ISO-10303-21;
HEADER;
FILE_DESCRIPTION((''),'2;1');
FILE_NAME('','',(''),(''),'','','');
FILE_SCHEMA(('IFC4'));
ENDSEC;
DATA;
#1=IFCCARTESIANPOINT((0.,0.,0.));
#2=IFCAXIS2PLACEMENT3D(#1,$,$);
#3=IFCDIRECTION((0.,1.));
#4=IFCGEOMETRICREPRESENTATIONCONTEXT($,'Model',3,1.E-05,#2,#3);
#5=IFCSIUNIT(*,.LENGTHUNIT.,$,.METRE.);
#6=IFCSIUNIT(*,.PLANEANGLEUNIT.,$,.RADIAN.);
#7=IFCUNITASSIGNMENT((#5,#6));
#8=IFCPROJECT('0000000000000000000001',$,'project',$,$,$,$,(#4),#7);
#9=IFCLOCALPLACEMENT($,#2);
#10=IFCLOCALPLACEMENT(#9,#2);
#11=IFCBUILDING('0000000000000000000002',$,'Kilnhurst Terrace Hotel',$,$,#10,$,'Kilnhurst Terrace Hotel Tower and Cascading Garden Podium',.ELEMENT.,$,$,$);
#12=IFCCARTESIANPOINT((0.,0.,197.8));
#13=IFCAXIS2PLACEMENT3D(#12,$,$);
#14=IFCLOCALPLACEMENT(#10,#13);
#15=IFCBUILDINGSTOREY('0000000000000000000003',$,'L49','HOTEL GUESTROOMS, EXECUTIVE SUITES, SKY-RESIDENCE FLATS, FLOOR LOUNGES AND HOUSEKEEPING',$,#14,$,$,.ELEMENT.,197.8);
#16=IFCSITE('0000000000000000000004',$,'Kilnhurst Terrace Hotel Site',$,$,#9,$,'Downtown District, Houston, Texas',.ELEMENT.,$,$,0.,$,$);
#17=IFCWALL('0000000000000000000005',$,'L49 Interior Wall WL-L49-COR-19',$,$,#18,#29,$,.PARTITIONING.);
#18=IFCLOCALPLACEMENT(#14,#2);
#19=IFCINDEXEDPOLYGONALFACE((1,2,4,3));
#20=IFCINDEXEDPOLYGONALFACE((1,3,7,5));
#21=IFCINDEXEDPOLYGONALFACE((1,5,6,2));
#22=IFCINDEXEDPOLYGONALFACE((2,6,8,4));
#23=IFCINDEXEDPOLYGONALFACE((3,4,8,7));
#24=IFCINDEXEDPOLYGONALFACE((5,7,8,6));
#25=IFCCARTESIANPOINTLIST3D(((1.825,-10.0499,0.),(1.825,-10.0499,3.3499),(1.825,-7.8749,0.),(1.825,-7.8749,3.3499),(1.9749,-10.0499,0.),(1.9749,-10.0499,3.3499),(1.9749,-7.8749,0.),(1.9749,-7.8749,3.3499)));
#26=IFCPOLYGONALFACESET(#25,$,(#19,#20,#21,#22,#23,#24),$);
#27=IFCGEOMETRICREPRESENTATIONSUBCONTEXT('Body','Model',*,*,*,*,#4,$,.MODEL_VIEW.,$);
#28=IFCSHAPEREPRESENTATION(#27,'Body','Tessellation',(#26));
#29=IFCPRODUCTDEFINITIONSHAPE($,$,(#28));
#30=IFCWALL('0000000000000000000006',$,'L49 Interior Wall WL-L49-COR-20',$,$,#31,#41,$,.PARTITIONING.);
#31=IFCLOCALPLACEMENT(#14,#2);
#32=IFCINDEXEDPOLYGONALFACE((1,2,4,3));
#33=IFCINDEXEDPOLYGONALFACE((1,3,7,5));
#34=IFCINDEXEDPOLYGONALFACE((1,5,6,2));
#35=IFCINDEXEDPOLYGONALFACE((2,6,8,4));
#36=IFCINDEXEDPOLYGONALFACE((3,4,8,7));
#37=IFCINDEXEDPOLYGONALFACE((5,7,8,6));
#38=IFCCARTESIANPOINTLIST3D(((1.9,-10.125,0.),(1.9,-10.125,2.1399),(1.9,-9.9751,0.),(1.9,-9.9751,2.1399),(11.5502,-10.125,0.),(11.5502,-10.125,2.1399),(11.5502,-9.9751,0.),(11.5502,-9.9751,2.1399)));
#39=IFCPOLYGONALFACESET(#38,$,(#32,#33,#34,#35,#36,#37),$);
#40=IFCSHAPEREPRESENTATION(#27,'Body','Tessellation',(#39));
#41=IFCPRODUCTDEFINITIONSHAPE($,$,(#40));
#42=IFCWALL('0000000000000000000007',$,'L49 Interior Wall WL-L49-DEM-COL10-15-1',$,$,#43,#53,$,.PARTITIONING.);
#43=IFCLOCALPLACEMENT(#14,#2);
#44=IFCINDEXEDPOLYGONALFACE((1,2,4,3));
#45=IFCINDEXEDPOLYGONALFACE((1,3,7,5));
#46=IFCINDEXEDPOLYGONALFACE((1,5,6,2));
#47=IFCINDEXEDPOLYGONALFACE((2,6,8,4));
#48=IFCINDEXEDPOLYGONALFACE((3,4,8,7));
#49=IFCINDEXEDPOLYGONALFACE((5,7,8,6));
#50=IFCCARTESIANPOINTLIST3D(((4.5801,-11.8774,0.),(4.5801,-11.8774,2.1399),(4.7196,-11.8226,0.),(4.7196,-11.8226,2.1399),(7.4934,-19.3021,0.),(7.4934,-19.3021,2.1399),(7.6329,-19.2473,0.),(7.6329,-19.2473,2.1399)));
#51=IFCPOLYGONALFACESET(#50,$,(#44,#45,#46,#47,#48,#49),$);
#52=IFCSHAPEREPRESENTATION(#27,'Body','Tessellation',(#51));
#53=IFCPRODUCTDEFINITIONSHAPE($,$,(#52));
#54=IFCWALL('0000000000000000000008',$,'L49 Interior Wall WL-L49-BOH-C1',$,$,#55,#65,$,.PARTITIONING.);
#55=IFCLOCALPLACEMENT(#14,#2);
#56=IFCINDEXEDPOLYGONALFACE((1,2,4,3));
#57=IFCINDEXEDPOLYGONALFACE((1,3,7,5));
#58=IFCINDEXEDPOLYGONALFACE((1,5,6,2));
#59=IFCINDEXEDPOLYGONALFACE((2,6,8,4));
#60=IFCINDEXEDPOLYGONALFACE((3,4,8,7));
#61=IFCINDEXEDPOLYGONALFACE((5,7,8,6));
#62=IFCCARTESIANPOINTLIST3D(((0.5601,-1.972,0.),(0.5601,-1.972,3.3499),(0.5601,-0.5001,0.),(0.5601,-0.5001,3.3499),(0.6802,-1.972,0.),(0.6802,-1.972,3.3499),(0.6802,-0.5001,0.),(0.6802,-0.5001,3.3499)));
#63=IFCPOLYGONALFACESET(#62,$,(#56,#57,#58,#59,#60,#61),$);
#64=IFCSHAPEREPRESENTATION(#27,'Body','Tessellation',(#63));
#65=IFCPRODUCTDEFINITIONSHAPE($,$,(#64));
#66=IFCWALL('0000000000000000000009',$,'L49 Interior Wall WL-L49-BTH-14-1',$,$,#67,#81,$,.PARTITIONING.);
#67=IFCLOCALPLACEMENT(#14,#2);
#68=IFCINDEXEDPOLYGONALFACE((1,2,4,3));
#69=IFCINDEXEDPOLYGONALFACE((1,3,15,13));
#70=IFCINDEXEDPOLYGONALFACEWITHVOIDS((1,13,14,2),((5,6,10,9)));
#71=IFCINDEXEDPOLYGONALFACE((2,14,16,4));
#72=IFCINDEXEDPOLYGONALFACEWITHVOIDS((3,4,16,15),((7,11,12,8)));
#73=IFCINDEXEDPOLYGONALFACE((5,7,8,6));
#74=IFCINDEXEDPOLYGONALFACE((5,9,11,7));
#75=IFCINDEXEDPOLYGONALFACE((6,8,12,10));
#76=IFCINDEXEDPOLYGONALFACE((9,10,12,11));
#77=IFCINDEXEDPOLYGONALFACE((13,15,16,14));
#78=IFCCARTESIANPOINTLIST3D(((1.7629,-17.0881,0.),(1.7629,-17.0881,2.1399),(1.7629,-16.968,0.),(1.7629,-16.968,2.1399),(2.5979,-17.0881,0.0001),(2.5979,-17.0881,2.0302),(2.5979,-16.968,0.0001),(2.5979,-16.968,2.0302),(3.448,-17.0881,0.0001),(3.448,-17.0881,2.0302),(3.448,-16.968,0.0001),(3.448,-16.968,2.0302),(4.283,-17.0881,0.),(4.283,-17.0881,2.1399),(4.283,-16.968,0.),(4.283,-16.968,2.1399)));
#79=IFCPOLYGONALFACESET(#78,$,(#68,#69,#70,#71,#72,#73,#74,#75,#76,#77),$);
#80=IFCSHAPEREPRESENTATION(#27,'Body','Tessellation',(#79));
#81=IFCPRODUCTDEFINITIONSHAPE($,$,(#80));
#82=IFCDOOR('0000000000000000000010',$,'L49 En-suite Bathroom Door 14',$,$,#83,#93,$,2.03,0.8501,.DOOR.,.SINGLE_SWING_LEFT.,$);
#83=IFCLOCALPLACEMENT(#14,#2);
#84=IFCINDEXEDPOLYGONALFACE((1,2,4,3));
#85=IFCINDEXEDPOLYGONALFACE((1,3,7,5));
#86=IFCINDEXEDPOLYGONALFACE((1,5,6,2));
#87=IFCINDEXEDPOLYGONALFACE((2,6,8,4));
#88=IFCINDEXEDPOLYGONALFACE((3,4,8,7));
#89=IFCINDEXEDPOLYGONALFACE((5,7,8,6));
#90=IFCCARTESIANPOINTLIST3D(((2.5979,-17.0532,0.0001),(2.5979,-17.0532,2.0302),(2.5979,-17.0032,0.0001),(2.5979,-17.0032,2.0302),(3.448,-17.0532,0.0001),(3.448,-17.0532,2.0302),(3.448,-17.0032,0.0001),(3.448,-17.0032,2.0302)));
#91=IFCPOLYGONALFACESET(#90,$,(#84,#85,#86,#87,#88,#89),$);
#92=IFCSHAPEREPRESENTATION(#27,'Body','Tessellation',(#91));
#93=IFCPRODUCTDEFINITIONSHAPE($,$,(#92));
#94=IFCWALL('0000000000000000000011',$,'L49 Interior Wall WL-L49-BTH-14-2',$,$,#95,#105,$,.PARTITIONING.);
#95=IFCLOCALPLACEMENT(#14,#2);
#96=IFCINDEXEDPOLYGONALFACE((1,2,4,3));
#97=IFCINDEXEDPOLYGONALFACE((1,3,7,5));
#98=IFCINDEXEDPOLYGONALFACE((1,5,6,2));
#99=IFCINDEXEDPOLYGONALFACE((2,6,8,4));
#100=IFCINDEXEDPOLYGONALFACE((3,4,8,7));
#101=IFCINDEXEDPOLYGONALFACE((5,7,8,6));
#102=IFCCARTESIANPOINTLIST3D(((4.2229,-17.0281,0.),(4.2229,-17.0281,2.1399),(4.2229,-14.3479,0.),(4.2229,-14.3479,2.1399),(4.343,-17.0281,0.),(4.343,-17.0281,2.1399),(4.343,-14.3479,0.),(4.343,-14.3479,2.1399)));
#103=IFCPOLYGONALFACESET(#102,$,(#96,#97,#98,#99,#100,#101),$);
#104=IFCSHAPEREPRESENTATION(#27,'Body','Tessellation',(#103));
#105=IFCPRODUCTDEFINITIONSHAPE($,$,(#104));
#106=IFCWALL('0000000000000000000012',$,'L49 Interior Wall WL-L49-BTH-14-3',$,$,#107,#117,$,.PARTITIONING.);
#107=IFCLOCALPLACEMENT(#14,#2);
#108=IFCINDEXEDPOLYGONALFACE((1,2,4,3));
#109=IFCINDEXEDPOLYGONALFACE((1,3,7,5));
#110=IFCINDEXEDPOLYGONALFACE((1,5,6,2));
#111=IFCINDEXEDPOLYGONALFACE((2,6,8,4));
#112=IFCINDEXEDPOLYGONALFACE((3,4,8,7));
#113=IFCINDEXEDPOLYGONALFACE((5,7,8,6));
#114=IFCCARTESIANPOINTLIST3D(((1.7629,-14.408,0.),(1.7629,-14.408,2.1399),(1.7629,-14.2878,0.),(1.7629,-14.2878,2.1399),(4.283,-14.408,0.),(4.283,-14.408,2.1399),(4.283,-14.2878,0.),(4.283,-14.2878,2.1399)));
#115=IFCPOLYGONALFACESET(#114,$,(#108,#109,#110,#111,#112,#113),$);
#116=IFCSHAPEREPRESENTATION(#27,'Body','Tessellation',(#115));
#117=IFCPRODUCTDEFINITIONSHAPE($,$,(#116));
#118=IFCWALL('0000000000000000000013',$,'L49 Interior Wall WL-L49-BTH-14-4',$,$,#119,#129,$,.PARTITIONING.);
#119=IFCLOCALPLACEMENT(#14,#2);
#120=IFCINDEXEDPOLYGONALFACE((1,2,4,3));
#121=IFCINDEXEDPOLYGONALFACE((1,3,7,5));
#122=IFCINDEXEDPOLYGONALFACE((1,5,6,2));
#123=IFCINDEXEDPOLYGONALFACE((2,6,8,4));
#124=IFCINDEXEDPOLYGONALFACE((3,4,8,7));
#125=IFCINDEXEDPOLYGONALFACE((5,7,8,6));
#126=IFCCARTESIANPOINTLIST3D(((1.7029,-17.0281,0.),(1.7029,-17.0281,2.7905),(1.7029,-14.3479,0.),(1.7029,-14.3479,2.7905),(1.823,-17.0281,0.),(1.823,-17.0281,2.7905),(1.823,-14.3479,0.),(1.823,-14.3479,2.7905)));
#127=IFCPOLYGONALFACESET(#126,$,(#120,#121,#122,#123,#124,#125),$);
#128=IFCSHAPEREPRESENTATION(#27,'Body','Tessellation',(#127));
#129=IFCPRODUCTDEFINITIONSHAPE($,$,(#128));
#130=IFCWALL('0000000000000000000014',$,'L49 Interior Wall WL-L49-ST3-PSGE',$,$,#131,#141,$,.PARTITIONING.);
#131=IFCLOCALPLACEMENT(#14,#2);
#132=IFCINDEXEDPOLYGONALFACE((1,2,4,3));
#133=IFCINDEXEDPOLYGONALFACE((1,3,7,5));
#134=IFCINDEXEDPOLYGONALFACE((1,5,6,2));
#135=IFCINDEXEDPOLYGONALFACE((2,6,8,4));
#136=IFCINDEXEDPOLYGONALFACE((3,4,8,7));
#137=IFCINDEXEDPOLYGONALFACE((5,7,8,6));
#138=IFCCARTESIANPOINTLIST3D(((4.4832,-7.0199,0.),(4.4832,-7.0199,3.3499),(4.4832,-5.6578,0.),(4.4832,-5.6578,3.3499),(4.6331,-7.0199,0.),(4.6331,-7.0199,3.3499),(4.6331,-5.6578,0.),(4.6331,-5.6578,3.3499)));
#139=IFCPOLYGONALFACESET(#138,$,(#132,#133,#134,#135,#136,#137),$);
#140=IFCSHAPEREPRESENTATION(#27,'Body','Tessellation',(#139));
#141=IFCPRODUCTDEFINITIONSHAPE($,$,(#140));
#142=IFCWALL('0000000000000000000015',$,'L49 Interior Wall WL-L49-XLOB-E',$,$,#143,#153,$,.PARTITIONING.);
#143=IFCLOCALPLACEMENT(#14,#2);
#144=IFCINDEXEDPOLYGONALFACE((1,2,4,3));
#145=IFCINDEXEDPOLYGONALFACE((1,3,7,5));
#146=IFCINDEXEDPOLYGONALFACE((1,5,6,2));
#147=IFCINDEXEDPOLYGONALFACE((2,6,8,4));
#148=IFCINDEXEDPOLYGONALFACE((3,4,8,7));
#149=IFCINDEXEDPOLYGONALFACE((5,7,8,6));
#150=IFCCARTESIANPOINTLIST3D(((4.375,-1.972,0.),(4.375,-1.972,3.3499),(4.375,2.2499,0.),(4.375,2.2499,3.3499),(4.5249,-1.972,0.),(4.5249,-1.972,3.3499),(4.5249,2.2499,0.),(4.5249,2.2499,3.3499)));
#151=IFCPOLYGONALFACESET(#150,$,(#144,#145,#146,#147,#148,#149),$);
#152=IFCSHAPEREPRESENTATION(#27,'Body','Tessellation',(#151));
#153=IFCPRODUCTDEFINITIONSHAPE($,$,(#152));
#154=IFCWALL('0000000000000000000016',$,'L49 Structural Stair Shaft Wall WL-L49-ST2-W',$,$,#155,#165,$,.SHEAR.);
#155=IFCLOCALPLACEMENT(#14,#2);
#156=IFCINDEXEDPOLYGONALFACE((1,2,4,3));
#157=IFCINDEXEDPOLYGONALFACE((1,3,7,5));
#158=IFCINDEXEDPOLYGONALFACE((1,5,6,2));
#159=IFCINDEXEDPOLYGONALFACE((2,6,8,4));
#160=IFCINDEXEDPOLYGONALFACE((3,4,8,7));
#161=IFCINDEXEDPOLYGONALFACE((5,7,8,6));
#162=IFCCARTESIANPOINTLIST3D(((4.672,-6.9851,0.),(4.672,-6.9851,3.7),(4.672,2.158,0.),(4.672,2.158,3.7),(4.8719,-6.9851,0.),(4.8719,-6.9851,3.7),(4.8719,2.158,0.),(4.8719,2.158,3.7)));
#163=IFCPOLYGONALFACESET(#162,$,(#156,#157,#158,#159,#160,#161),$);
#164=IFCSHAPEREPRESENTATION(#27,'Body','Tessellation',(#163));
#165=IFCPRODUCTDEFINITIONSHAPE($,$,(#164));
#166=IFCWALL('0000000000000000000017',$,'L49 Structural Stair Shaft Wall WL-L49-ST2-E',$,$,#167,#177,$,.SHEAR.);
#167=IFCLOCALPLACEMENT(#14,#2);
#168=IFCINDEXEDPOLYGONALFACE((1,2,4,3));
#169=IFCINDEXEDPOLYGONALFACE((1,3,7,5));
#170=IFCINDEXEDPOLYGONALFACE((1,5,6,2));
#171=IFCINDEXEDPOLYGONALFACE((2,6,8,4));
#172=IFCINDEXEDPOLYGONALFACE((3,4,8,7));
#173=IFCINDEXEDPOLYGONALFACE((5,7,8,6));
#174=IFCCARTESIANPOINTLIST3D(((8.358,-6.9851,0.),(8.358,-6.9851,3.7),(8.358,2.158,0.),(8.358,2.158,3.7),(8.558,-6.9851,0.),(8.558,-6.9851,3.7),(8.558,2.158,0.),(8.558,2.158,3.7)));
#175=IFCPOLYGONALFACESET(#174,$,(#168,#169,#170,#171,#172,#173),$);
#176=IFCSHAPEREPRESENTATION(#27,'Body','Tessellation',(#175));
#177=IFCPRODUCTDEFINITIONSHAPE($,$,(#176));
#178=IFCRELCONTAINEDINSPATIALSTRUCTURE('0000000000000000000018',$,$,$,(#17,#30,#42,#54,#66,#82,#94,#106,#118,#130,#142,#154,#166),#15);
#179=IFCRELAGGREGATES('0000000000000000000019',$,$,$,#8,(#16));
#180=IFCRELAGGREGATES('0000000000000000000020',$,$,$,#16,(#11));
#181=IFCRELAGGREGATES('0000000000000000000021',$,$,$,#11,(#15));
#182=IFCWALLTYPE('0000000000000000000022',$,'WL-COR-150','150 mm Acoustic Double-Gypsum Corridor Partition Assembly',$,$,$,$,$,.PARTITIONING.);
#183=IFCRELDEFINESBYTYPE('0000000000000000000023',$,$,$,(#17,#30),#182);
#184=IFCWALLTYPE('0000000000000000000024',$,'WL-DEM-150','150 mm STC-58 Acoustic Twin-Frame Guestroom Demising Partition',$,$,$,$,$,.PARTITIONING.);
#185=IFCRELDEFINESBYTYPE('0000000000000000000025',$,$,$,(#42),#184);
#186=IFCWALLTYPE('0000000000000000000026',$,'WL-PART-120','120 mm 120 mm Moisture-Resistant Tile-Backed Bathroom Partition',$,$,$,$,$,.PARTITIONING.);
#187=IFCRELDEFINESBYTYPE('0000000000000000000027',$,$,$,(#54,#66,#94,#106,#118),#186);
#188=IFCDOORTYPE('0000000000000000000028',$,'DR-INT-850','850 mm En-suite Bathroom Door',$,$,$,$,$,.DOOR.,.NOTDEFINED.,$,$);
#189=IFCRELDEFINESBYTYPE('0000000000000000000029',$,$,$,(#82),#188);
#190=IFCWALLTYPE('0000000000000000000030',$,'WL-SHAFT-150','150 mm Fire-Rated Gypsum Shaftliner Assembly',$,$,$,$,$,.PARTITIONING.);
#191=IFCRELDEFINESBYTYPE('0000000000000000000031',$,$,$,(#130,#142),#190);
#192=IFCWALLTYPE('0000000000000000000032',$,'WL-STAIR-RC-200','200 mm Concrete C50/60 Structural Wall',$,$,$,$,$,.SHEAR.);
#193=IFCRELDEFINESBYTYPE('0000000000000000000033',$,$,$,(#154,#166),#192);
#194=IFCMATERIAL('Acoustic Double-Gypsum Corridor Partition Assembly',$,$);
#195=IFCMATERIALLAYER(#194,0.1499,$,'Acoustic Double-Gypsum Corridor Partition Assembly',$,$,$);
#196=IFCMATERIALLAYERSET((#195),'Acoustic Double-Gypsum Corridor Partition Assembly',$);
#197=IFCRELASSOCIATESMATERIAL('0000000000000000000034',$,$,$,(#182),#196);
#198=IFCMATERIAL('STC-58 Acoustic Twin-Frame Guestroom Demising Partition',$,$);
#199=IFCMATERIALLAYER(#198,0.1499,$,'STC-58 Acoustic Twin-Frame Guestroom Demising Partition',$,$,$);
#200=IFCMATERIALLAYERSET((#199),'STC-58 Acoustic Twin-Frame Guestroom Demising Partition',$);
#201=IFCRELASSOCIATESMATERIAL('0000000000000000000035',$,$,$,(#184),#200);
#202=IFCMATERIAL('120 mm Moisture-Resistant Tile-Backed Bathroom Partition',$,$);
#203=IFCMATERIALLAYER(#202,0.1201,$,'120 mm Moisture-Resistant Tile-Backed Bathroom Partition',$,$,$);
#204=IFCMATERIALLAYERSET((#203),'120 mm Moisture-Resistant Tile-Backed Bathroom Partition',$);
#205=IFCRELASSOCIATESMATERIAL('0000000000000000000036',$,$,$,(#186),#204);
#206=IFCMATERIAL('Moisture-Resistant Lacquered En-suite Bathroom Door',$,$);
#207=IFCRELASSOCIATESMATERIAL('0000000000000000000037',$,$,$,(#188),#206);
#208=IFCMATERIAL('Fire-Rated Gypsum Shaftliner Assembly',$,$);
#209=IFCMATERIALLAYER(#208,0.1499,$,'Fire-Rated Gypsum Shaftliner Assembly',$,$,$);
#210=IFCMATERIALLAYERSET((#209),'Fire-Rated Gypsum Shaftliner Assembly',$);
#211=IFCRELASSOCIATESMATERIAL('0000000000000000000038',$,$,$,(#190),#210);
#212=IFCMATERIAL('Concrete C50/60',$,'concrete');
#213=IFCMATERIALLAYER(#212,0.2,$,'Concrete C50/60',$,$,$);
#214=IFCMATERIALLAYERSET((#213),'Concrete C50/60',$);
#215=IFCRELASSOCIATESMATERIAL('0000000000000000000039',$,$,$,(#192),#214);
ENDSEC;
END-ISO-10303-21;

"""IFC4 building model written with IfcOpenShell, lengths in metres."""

from ifc_helpers import new_model, si_unit, direction, frame, frame_2d, origin, place, context, subcontext, project, spatial, rectangle, extrude, material, layer, layer_set, type_object, element, fill, save


model = new_model("IFC4")

# Units and contexts
model_context = context("Model", 3, precision=1e-05, world=origin(), true_north=direction((0.0, 1.0)))
body_context = subcontext(model_context, "Body", "Model", "MODEL_VIEW")
ifc_project = project(units=[si_unit("LENGTHUNIT", "METRE"), si_unit("PLANEANGLEUNIT", "RADIAN")], contexts=[model_context])

# Site, building, storey
site_placement = place(None, origin())
site = spatial("IfcSite", under=ifc_project, at=site_placement, Name="Kilnhurst Terrace Hotel Site", LongName="Downtown District, Houston, Texas", CompositionType="ELEMENT", RefElevation=0.0)
building_placement = place(site_placement, origin())
building = spatial("IfcBuilding", under=site, at=building_placement, Name="Kilnhurst Terrace Hotel", LongName="Kilnhurst Terrace Hotel Tower and Cascading Garden Podium", CompositionType="ELEMENT")
storey_placement = place(building_placement, frame((0.0, 0.0, 197.8)))
storey = spatial("IfcBuildingStorey", under=building, at=storey_placement, Name="L49", Description="HOTEL GUESTROOMS, EXECUTIVE SUITES, SKY-RESIDENCE FLATS, FLOOR LOUNGES AND HOUSEKEEPING", CompositionType="ELEMENT", Elevation=197.8)

# Shared definitions
ifc_material_1 = material(Name="Concrete C50/60", Category="concrete")

# Walls
ifc_material_2 = material(Name="Acoustic Double-Gypsum Corridor Partition Assembly")
ifc_layer_1 = layer(ifc_material_2, 0.1499, Name="Acoustic Double-Gypsum Corridor Partition Assembly")
ifc_layer_set_1 = layer_set([ifc_layer_1], Name="Acoustic Double-Gypsum Corridor Partition Assembly")
wall_type_1 = type_object("IfcWallType", Name="WL-COR-150", Description="150 mm Acoustic Double-Gypsum Corridor Partition Assembly", PredefinedType="PARTITIONING", material=ifc_layer_set_1)
for number, where, z_axis, x_axis, name in (
    (1, (1.8999, -7.875, 0.0), (0.0, 0.0, 1.0), (0.0, -1.0, 0.0), "L49 Interior Wall WL-L49-COR-19"),
):
    element("IfcWall", number, at=place(storey_placement, frame(where, z_axis=z_axis, x_axis=x_axis)), inside=storey, type_object=wall_type_1, Name=name, PredefinedType="PARTITIONING", context=body_context, shape_type="SweptSolid", body=[
        extrude(rectangle(XDim=2.175, YDim=0.1499, at=frame_2d((1.0874, 0.0))), origin(), (0.0, 0.0, 1.0), 3.3499),
    ])
wall_1_placement = place(storey_placement, frame((1.8999, -10.05, 0.0), z_axis=(0.0, 0.0, 1.0), x_axis=(1.0, 0.0, 0.0)))
element("IfcWall", 2, at=wall_1_placement, inside=storey, type_object=wall_type_1, Name="L49 Interior Wall WL-L49-COR-20", PredefinedType="PARTITIONING", context=body_context, shape_type="SweptSolid", body=[
    extrude(rectangle(XDim=9.6501, YDim=0.1499, at=frame_2d((4.8252, 0.0))), origin(), (0.0, 0.0, 1.0), 2.1399),
])
ifc_material_3 = material(Name="STC-58 Acoustic Twin-Frame Guestroom Demising Partition")
ifc_layer_2 = layer(ifc_material_3, 0.1499, Name="STC-58 Acoustic Twin-Frame Guestroom Demising Partition")
ifc_layer_set_2 = layer_set([ifc_layer_2], Name="STC-58 Acoustic Twin-Frame Guestroom Demising Partition")
wall_type_2 = type_object("IfcWallType", Name="WL-DEM-150", Description="150 mm STC-58 Acoustic Twin-Frame Guestroom Demising Partition", PredefinedType="PARTITIONING", material=ifc_layer_set_2)
wall_2_placement = place(storey_placement, frame((4.6499, -11.8501, 0.0), z_axis=(0.0, 0.0, 1.0), x_axis=(0.365266, -0.930903, 0.0)))
element("IfcWall", 3, at=wall_2_placement, inside=storey, type_object=wall_type_2, Name="L49 Interior Wall WL-L49-DEM-COL10-15-1", PredefinedType="PARTITIONING", context=body_context, shape_type="SweptSolid", body=[
    extrude(rectangle(XDim=7.9758, YDim=0.1499, at=frame_2d((3.9878, 0.0))), origin(), (0.0, 0.0, 1.0), 2.1399),
])
ifc_material_4 = material(Name="120 mm Moisture-Resistant Tile-Backed Bathroom Partition")
ifc_layer_3 = layer(ifc_material_4, 0.1201, Name="120 mm Moisture-Resistant Tile-Backed Bathroom Partition")
ifc_layer_set_3 = layer_set([ifc_layer_3], Name="120 mm Moisture-Resistant Tile-Backed Bathroom Partition")
wall_type_3 = type_object("IfcWallType", Name="WL-PART-120", Description="120 mm 120 mm Moisture-Resistant Tile-Backed Bathroom Partition", PredefinedType="PARTITIONING", material=ifc_layer_set_3)
wall_3_placement = place(storey_placement, frame((0.6201, -1.9719, 0.0), z_axis=(0.0, 0.0, 1.0), x_axis=(0.0, 1.0, 0.0)))
element("IfcWall", 4, at=wall_3_placement, inside=storey, type_object=wall_type_3, Name="L49 Interior Wall WL-L49-BOH-C1", PredefinedType="PARTITIONING", context=body_context, shape_type="SweptSolid", body=[
    extrude(rectangle(XDim=1.4719, YDim=0.1201, at=frame_2d((0.7358, 0.0))), origin(), (0.0, 0.0, 1.0), 3.3499),
])

# Wall, opening, door
wall_4_placement = place(storey_placement, frame((1.7629, -17.0281, 0.0), z_axis=(0.0, 0.0, 1.0), x_axis=(1.0, 0.0, 0.0)))
wall_4 = element("IfcWall", 5, at=wall_4_placement, inside=storey, type_object=wall_type_3, Name="L49 Interior Wall WL-L49-BTH-14-1", PredefinedType="PARTITIONING", context=body_context, shape_type="SweptSolid", body=[
    extrude(rectangle(XDim=2.52, YDim=0.1201, at=frame_2d((1.26, 0.0))), origin(), (0.0, 0.0, 1.0), 2.1399),
])
opening_placement = place(wall_4_placement, frame((0.835, 0.0, 0.0)))
opening = element("IfcOpeningElement", 6, at=opening_placement, cuts=wall_4, PredefinedType="OPENING", context=body_context, shape_type="SweptSolid", body=[
    extrude(rectangle(XDim=0.8501, YDim=2.03, at=frame_2d((0.425, 1.0151))), frame((0.0, 0.0701, 0.0), z_axis=(0.0, -1.0, 0.0), x_axis=(1.0, 0.0, 0.0)), (0.0, 0.0, 1.0), 0.1401),
])
ifc_material_5 = material(Name="Moisture-Resistant Lacquered En-suite Bathroom Door")
door_type = type_object("IfcDoorType", Name="DR-INT-850", Description="850 mm En-suite Bathroom Door", OperationType="NOTDEFINED", PredefinedType="DOOR", material=ifc_material_5)
door_placement = place(opening_placement, origin())
door = element("IfcDoor", 7, at=door_placement, inside=storey, type_object=door_type, Name="L49 En-suite Bathroom Door 14", OperationType="SINGLE_SWING_LEFT", OverallHeight=2.03, OverallWidth=0.8501, PredefinedType="DOOR", context=body_context, shape_type="SweptSolid", body=[
    extrude(rectangle(XDim=0.8501, YDim=2.03, at=frame_2d((0.425, 1.0151))), frame((0.0, 0.0249, 0.0), z_axis=(0.0, -1.0, 0.0), x_axis=(1.0, 0.0, 0.0)), (0.0, 0.0, 1.0), 0.05),
])
fill(opening, door)

# Walls
wall_5_placement = place(storey_placement, frame((4.283, -17.0281, 0.0), z_axis=(0.0, 0.0, 1.0), x_axis=(0.0, 1.0, 0.0)))
element("IfcWall", 8, at=wall_5_placement, inside=storey, type_object=wall_type_3, Name="L49 Interior Wall WL-L49-BTH-14-2", PredefinedType="PARTITIONING", context=body_context, shape_type="SweptSolid", body=[
    extrude(rectangle(XDim=2.6802, YDim=0.1201, at=frame_2d((1.3401, 0.0))), origin(), (0.0, 0.0, 1.0), 2.1399),
])
wall_6_placement = place(storey_placement, frame((4.283, -14.3479, 0.0), z_axis=(0.0, 0.0, 1.0), x_axis=(-1.0, 0.0, 0.0)))
element("IfcWall", 9, at=wall_6_placement, inside=storey, type_object=wall_type_3, Name="L49 Interior Wall WL-L49-BTH-14-3", PredefinedType="PARTITIONING", context=body_context, shape_type="SweptSolid", body=[
    extrude(rectangle(XDim=2.52, YDim=0.1201, at=frame_2d((1.26, 0.0))), origin(), (0.0, 0.0, 1.0), 2.1399),
])
wall_7_placement = place(storey_placement, frame((1.7629, -14.3479, 0.0), z_axis=(0.0, 0.0, 1.0), x_axis=(0.0, -1.0, 0.0)))
element("IfcWall", 10, at=wall_7_placement, inside=storey, type_object=wall_type_3, Name="L49 Interior Wall WL-L49-BTH-14-4", PredefinedType="PARTITIONING", context=body_context, shape_type="SweptSolid", body=[
    extrude(rectangle(XDim=2.6802, YDim=0.1201, at=frame_2d((1.3401, 0.0))), origin(), (0.0, 0.0, 1.0), 2.7905),
])
ifc_material_6 = material(Name="Fire-Rated Gypsum Shaftliner Assembly")
ifc_layer_4 = layer(ifc_material_6, 0.1499, Name="Fire-Rated Gypsum Shaftliner Assembly")
ifc_layer_set_4 = layer_set([ifc_layer_4], Name="Fire-Rated Gypsum Shaftliner Assembly")
wall_type_4 = type_object("IfcWallType", Name="WL-SHAFT-150", Description="150 mm Fire-Rated Gypsum Shaftliner Assembly", PredefinedType="PARTITIONING", material=ifc_layer_set_4)
wall_8_placement = place(storey_placement, frame((4.5581, -7.02, 0.0), z_axis=(0.0, 0.0, 1.0), x_axis=(0.0, 1.0, 0.0)))
element("IfcWall", 11, at=wall_8_placement, inside=storey, type_object=wall_type_4, Name="L49 Interior Wall WL-L49-ST3-PSGE", PredefinedType="PARTITIONING", context=body_context, shape_type="SweptSolid", body=[
    extrude(rectangle(XDim=1.3621, YDim=0.1499, at=frame_2d((0.6812, 0.0))), origin(), (0.0, 0.0, 1.0), 3.3499),
])
wall_9_placement = place(storey_placement, frame((4.45, -1.9719, 0.0), z_axis=(0.0, 0.0, 1.0), x_axis=(0.0, 1.0, 0.0)))
element("IfcWall", 12, at=wall_9_placement, inside=storey, type_object=wall_type_4, Name="L49 Interior Wall WL-L49-XLOB-E", PredefinedType="PARTITIONING", context=body_context, shape_type="SweptSolid", body=[
    extrude(rectangle(XDim=4.2219, YDim=0.1499, at=frame_2d((2.1108, 0.0))), origin(), (0.0, 0.0, 1.0), 3.3499),
])
ifc_layer_5 = layer(ifc_material_1, 0.2, Name="Concrete C50/60")
ifc_layer_set_5 = layer_set([ifc_layer_5], Name="Concrete C50/60")
wall_type_5 = type_object("IfcWallType", Name="WL-STAIR-RC-200", Description="200 mm Concrete C50/60 Structural Wall", PredefinedType="SHEAR", material=ifc_layer_set_5)
for number, where, z_axis, x_axis, name in (
    (13, (4.772, -6.9851, 0.0), (0.0, 0.0, 1.0), (0.0, 1.0, 0.0), "L49 Structural Stair Shaft Wall WL-L49-ST2-W"),
    (14, (8.458, -6.9851, 0.0), (0.0, 0.0, 1.0), (0.0, 1.0, 0.0), "L49 Structural Stair Shaft Wall WL-L49-ST2-E"),
):
    element("IfcWall", number, at=place(storey_placement, frame(where, z_axis=z_axis, x_axis=x_axis)), inside=storey, type_object=wall_type_5, Name=name, PredefinedType="SHEAR", context=body_context, shape_type="SweptSolid", body=[
        extrude(rectangle(XDim=9.1431, YDim=0.2, at=frame_2d((4.5715, 0.0))), origin(), (0.0, 0.0, 1.0), 3.7),
    ])

save(model, "model.ifc")
